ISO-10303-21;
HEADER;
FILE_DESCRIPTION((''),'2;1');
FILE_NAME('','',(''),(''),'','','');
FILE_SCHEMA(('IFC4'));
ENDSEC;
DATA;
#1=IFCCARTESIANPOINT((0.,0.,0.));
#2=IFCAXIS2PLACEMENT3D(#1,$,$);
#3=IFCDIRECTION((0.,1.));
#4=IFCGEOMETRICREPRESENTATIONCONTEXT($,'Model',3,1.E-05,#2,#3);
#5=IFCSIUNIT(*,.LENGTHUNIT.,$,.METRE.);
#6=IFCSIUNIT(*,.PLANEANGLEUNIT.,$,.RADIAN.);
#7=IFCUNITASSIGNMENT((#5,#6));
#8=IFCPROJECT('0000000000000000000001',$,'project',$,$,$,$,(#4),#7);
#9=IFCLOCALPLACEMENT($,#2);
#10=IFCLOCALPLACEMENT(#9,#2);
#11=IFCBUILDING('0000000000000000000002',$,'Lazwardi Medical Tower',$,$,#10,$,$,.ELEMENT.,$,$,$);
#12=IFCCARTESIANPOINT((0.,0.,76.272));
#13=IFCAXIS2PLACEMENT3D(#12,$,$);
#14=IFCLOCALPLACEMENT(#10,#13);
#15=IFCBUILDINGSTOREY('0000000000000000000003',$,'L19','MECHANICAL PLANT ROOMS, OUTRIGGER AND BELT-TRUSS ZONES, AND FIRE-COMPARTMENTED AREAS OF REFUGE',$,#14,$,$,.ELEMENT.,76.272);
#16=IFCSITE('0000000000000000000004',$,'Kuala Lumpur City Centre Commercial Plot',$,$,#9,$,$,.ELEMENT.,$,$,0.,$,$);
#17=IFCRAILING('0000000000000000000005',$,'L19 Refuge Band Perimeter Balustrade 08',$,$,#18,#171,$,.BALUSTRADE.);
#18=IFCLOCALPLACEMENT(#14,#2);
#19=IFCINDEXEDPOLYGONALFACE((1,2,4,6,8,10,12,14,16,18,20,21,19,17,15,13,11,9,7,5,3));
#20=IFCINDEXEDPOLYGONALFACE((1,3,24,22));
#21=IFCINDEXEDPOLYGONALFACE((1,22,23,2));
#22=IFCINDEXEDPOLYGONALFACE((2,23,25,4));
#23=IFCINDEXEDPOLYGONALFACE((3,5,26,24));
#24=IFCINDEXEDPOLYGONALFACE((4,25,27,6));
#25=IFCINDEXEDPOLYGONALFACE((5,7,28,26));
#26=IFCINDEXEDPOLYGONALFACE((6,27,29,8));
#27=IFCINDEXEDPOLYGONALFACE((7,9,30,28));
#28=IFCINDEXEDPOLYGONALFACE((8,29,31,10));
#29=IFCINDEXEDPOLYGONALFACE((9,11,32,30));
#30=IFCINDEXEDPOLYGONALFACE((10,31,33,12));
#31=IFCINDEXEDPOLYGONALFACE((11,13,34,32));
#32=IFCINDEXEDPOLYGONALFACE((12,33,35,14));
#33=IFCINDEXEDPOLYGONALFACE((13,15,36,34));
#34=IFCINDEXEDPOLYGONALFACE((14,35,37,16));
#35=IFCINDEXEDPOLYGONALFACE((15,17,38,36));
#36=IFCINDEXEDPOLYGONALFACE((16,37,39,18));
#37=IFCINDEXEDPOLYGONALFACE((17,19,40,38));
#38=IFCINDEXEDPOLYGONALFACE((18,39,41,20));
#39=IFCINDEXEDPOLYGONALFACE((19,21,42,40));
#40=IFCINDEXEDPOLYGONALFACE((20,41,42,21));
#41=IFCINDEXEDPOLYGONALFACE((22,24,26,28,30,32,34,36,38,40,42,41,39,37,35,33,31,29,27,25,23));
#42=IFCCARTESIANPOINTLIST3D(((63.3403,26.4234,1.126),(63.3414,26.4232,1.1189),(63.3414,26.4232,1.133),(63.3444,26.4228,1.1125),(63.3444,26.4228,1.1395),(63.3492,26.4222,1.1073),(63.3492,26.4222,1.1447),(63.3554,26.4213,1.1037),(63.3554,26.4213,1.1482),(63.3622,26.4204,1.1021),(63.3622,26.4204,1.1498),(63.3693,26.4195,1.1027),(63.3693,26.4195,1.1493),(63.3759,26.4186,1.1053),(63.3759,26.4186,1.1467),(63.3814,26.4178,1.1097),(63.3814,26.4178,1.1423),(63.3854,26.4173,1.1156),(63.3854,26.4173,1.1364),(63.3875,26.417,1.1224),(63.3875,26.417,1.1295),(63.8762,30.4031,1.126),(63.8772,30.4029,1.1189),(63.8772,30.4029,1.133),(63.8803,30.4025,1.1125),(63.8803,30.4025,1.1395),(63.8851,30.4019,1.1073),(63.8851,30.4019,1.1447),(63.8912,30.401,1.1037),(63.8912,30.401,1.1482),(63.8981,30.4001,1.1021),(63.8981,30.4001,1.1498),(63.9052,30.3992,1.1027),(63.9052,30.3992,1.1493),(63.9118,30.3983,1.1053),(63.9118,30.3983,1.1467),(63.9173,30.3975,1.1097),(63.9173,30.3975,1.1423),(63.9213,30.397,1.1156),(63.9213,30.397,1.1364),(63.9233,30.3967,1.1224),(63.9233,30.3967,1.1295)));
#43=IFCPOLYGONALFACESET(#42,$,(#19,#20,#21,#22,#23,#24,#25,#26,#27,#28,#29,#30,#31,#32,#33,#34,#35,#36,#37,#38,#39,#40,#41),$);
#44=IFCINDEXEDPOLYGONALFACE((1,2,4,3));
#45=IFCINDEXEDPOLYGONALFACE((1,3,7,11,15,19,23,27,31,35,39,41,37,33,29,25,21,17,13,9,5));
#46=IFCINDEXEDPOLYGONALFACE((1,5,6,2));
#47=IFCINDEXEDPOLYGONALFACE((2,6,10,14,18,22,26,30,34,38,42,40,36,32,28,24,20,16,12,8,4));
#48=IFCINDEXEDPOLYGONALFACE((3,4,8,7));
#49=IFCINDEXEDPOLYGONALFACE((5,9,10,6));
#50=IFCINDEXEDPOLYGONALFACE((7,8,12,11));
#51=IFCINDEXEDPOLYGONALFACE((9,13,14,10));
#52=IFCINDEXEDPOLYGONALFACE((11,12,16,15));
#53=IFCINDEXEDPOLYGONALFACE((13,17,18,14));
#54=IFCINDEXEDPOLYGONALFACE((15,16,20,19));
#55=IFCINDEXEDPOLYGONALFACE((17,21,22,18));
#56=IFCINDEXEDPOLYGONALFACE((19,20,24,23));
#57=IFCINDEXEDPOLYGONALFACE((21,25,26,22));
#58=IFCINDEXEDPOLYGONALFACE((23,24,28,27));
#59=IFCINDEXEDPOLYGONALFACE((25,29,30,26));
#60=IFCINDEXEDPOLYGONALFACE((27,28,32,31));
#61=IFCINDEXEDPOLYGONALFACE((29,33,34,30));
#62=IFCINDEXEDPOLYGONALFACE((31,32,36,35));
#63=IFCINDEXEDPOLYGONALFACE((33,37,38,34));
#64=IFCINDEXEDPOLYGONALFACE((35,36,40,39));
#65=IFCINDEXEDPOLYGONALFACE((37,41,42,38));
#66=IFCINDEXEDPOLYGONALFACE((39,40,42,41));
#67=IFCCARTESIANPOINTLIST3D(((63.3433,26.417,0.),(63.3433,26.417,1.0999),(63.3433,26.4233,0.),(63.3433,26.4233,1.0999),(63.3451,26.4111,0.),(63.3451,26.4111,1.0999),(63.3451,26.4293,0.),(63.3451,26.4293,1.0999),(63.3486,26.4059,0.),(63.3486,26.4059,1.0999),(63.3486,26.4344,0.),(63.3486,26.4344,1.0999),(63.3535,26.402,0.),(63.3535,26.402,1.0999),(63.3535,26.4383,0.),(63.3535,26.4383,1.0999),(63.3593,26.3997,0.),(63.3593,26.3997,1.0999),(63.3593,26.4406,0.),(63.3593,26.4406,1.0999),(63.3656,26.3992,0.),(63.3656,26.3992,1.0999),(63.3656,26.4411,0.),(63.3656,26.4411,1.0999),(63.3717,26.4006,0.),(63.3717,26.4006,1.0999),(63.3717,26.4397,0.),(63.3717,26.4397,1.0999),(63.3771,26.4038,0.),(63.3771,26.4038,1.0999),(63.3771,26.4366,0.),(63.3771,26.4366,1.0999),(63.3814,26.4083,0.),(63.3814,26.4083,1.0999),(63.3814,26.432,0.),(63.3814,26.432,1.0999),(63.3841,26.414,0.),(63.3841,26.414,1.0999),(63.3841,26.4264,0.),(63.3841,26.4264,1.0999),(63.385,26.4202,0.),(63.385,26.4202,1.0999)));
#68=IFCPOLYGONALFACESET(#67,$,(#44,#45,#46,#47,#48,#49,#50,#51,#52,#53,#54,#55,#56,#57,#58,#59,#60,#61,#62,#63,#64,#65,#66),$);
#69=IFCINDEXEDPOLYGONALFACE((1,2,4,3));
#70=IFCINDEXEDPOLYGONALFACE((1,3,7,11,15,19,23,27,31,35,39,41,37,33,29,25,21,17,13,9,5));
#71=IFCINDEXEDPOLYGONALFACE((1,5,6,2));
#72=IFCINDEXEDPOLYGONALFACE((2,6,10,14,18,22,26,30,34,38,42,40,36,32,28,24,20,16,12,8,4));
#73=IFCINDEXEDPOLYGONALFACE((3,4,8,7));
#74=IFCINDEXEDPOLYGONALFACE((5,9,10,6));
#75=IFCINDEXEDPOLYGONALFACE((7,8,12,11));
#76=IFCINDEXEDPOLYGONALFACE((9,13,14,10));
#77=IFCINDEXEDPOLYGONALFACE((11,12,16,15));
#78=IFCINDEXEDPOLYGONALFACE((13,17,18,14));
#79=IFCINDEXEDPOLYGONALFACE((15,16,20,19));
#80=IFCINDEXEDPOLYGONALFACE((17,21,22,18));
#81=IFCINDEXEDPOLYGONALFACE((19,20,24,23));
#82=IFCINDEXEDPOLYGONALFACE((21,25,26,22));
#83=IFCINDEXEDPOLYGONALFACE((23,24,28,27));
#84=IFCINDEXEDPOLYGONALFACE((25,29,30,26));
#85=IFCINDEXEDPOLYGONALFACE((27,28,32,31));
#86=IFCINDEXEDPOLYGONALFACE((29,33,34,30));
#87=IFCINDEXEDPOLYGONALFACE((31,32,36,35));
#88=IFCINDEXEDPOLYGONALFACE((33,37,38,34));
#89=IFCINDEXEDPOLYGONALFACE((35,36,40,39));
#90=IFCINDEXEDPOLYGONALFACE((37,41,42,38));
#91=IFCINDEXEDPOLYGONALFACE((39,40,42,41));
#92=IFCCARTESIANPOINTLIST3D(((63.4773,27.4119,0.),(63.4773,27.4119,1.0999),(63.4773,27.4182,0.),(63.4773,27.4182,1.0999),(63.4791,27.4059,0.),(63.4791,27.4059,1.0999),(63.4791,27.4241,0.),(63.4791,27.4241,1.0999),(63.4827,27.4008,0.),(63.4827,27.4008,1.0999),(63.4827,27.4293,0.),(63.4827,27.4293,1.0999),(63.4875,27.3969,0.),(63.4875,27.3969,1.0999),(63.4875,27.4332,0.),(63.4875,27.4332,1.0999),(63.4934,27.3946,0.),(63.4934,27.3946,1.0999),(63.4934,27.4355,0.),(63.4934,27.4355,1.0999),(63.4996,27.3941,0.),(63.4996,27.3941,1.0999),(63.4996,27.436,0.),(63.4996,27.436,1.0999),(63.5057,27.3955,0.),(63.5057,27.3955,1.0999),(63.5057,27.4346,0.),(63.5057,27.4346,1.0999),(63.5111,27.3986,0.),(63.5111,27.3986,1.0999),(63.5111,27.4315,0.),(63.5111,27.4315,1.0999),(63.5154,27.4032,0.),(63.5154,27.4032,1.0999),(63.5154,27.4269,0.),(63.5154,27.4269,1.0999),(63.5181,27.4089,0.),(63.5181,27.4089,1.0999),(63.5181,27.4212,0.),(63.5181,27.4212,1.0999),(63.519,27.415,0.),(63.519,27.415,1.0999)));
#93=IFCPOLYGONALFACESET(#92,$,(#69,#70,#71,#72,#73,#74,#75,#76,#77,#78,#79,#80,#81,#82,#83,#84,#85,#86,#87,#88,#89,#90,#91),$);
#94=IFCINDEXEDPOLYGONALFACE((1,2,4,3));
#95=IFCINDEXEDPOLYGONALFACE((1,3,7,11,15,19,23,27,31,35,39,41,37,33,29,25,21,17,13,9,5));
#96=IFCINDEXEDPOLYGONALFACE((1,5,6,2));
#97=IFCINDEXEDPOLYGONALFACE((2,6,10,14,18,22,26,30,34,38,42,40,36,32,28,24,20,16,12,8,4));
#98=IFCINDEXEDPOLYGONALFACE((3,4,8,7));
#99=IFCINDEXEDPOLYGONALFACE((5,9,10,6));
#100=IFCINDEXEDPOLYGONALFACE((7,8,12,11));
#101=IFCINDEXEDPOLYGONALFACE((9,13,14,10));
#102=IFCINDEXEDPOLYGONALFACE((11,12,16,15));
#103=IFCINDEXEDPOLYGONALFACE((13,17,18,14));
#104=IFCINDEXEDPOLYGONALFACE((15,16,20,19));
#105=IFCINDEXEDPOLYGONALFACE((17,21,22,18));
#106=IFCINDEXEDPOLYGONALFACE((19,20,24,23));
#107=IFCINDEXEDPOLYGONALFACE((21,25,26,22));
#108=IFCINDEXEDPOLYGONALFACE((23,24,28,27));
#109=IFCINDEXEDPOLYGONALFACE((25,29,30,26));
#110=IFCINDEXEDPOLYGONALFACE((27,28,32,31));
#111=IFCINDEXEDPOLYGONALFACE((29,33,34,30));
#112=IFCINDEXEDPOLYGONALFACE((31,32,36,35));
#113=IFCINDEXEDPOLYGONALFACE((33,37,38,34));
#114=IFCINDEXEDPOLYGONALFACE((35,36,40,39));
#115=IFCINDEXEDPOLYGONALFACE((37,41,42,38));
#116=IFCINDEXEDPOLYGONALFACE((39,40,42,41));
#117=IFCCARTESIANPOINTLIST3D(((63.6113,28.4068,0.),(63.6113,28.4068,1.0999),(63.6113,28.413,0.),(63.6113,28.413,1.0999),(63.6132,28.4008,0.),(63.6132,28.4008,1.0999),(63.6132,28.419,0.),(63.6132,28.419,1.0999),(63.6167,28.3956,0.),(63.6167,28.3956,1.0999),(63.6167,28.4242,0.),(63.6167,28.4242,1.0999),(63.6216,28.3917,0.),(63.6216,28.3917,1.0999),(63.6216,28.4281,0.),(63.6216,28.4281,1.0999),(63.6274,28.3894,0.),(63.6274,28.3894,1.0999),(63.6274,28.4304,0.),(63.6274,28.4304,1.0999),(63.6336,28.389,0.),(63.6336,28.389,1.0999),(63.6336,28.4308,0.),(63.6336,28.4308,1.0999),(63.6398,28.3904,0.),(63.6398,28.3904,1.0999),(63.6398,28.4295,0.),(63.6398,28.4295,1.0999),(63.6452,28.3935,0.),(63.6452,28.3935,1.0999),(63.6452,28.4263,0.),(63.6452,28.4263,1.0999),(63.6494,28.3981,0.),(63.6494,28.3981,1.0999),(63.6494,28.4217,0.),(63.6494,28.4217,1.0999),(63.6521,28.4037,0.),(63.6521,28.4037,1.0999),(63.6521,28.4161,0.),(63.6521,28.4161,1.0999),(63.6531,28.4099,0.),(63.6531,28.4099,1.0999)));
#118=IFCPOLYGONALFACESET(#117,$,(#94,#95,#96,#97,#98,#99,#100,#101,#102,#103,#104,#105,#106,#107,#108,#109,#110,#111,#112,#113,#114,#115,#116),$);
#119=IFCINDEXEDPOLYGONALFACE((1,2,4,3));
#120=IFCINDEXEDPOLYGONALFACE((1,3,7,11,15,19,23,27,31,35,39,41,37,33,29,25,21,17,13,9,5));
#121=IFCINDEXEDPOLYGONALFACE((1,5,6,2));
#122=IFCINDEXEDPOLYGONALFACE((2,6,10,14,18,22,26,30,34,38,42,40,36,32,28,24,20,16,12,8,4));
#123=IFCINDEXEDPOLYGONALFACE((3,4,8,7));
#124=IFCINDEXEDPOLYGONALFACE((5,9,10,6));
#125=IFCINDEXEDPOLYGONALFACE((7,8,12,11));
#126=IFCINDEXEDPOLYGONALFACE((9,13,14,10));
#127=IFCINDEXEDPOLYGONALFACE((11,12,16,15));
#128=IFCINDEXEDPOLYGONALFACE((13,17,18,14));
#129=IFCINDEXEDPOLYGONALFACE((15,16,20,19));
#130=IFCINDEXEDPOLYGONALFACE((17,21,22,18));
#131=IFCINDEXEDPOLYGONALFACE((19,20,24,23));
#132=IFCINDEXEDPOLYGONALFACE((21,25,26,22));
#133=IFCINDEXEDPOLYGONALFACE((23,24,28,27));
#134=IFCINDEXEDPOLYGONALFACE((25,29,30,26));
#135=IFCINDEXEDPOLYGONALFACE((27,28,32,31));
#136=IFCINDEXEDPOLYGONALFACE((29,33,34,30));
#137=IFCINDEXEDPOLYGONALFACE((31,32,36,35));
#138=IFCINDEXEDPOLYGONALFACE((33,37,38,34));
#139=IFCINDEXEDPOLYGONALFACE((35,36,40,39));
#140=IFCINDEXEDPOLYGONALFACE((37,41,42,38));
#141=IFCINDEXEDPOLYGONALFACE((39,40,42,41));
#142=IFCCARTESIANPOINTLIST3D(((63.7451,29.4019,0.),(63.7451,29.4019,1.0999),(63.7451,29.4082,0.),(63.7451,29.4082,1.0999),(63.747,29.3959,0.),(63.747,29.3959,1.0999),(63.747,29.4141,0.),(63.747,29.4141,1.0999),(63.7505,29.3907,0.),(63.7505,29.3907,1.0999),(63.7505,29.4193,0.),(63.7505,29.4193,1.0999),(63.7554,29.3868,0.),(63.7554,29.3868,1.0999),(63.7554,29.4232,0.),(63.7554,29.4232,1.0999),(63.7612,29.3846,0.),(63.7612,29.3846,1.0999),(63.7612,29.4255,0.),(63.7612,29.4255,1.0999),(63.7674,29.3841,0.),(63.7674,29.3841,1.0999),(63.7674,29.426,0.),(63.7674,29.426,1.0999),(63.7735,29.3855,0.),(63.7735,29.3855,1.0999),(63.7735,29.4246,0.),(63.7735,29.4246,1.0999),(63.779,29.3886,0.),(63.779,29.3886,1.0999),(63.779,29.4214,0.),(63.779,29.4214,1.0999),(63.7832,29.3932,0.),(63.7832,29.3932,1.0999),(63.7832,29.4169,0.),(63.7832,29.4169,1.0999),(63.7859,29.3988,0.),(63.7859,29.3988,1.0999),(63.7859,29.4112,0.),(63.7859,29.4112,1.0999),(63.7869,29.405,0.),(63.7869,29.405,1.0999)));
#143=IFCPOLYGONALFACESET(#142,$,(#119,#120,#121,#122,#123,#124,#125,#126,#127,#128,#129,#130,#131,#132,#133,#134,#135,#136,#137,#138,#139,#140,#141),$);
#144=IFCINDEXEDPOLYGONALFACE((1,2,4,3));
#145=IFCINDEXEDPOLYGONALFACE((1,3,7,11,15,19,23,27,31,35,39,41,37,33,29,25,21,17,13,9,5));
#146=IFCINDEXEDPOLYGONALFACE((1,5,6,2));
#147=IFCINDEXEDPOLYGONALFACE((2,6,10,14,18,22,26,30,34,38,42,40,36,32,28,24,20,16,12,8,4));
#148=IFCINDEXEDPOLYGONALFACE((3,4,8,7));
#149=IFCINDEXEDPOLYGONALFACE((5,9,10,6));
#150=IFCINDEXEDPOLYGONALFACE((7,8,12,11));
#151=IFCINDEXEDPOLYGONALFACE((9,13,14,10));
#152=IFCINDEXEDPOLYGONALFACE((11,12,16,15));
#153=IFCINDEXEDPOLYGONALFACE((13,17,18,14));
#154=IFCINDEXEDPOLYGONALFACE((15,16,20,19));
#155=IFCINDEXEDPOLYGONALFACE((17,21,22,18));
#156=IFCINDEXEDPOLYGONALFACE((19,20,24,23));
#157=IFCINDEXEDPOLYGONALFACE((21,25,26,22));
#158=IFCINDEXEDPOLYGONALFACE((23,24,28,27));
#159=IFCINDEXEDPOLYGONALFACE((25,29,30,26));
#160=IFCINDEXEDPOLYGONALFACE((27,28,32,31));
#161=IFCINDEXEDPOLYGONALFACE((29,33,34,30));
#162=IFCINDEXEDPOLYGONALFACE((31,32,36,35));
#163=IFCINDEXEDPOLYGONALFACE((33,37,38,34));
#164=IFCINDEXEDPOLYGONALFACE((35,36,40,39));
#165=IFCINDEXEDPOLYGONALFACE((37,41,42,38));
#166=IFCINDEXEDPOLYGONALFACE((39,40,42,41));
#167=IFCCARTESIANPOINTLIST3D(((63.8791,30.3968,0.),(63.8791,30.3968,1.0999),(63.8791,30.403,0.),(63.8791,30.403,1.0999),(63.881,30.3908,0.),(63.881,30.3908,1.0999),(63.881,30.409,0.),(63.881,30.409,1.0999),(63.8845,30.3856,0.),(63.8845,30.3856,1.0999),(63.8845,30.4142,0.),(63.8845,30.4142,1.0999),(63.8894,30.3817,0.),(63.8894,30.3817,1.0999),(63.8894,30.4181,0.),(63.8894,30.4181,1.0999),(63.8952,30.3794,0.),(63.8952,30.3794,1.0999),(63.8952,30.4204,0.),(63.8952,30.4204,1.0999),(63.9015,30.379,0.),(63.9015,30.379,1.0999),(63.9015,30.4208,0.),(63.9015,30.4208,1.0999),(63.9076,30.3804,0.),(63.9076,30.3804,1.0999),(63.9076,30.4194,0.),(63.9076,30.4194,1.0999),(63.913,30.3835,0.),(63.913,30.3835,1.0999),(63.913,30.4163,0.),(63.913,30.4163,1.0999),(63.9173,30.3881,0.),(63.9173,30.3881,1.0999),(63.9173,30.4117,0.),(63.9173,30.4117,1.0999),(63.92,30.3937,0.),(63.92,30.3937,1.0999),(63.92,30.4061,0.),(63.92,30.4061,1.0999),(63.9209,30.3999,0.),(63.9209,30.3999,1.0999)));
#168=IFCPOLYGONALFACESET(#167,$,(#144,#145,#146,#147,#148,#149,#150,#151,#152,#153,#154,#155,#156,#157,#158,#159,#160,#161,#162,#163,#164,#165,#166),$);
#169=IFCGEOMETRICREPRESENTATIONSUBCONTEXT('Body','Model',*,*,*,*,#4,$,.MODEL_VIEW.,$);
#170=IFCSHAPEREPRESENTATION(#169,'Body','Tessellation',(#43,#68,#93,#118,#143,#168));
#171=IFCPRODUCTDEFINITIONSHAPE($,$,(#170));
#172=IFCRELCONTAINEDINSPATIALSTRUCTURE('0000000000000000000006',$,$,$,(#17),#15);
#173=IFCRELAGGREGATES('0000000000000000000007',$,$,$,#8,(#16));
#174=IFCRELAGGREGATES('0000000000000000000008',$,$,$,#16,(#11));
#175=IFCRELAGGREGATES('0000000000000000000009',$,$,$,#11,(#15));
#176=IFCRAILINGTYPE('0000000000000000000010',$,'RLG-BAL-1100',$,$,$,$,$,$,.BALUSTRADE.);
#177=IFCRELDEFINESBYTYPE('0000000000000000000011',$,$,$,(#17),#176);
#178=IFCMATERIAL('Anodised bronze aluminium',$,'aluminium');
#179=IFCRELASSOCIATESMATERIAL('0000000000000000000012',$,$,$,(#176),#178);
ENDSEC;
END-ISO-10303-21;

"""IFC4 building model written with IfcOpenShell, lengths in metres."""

from ifc_helpers import new_model, si_unit, direction, frame, origin, origin_2d, place, context, subcontext, project, spatial, circle, extrude, material, type_object, element, save


model = new_model("IFC4")

# Units and contexts
model_context = context("Model", 3, precision=1e-05, world=origin(), true_north=direction((0.0, 1.0)))
body_context = subcontext(model_context, "Body", "Model", "MODEL_VIEW")
ifc_project = project(units=[si_unit("LENGTHUNIT", "METRE"), si_unit("PLANEANGLEUNIT", "RADIAN")], contexts=[model_context])

# Site, building, storey
site_placement = place(None, origin())
site = spatial("IfcSite", under=ifc_project, at=site_placement, Name="Kuala Lumpur City Centre Commercial Plot", CompositionType="ELEMENT", RefElevation=0.0)
building_placement = place(site_placement, origin())
building = spatial("IfcBuilding", under=site, at=building_placement, Name="Lazwardi Medical Tower", CompositionType="ELEMENT")
storey_placement = place(building_placement, frame((0.0, 0.0, 76.272)))
storey = spatial("IfcBuildingStorey", under=building, at=storey_placement, Name="L19", Description="MECHANICAL PLANT ROOMS, OUTRIGGER AND BELT-TRUSS ZONES, AND FIRE-COMPARTMENTED AREAS OF REFUGE", CompositionType="ELEMENT", Elevation=76.272)

# Railing
ifc_material_1 = material(Name="Anodised bronze aluminium", Category="aluminium")
railing_type_1 = type_object("IfcRailingType", Name="RLG-BAL-1100", PredefinedType="BALUSTRADE", material=ifc_material_1)
railing_1_placement = place(storey_placement, frame((63.364, 26.4202, 0.0)))
element("IfcRailing", 1, at=railing_1_placement, inside=storey, type_object=railing_type_1, Name="L19 Refuge Band Perimeter Balustrade 08", PredefinedType="BALUSTRADE", context=body_context, shape_type="SweptSolid", body=[
    extrude(circle(Radius=0.0239, at=origin_2d()), frame((0.0, 0.0, 1.126), z_axis=(0.13345, 0.991056, 0.0), x_axis=(-0.991056, 0.13345, 0.0)), (0.0, 0.0, 1.0), 4.0156),
    extrude(circle(Radius=0.021, at=origin_2d()), origin(), (0.0, 0.0, 1.0), 1.0999),
    extrude(circle(Radius=0.021, at=origin_2d()), frame((0.134, 0.9949, 0.0)), (0.0, 0.0, 1.0), 1.0999),
    extrude(circle(Radius=0.021, at=origin_2d()), frame((0.2681, 1.9897, 0.0)), (0.0, 0.0, 1.0), 1.0999),
    extrude(circle(Radius=0.021, at=origin_2d()), frame((0.4019, 2.9849, 0.0)), (0.0, 0.0, 1.0), 1.0999),
    extrude(circle(Radius=0.021, at=origin_2d()), frame((0.5359, 3.9797, 0.0)), (0.0, 0.0, 1.0), 1.0999),
])

save(model, "model.ifc")
